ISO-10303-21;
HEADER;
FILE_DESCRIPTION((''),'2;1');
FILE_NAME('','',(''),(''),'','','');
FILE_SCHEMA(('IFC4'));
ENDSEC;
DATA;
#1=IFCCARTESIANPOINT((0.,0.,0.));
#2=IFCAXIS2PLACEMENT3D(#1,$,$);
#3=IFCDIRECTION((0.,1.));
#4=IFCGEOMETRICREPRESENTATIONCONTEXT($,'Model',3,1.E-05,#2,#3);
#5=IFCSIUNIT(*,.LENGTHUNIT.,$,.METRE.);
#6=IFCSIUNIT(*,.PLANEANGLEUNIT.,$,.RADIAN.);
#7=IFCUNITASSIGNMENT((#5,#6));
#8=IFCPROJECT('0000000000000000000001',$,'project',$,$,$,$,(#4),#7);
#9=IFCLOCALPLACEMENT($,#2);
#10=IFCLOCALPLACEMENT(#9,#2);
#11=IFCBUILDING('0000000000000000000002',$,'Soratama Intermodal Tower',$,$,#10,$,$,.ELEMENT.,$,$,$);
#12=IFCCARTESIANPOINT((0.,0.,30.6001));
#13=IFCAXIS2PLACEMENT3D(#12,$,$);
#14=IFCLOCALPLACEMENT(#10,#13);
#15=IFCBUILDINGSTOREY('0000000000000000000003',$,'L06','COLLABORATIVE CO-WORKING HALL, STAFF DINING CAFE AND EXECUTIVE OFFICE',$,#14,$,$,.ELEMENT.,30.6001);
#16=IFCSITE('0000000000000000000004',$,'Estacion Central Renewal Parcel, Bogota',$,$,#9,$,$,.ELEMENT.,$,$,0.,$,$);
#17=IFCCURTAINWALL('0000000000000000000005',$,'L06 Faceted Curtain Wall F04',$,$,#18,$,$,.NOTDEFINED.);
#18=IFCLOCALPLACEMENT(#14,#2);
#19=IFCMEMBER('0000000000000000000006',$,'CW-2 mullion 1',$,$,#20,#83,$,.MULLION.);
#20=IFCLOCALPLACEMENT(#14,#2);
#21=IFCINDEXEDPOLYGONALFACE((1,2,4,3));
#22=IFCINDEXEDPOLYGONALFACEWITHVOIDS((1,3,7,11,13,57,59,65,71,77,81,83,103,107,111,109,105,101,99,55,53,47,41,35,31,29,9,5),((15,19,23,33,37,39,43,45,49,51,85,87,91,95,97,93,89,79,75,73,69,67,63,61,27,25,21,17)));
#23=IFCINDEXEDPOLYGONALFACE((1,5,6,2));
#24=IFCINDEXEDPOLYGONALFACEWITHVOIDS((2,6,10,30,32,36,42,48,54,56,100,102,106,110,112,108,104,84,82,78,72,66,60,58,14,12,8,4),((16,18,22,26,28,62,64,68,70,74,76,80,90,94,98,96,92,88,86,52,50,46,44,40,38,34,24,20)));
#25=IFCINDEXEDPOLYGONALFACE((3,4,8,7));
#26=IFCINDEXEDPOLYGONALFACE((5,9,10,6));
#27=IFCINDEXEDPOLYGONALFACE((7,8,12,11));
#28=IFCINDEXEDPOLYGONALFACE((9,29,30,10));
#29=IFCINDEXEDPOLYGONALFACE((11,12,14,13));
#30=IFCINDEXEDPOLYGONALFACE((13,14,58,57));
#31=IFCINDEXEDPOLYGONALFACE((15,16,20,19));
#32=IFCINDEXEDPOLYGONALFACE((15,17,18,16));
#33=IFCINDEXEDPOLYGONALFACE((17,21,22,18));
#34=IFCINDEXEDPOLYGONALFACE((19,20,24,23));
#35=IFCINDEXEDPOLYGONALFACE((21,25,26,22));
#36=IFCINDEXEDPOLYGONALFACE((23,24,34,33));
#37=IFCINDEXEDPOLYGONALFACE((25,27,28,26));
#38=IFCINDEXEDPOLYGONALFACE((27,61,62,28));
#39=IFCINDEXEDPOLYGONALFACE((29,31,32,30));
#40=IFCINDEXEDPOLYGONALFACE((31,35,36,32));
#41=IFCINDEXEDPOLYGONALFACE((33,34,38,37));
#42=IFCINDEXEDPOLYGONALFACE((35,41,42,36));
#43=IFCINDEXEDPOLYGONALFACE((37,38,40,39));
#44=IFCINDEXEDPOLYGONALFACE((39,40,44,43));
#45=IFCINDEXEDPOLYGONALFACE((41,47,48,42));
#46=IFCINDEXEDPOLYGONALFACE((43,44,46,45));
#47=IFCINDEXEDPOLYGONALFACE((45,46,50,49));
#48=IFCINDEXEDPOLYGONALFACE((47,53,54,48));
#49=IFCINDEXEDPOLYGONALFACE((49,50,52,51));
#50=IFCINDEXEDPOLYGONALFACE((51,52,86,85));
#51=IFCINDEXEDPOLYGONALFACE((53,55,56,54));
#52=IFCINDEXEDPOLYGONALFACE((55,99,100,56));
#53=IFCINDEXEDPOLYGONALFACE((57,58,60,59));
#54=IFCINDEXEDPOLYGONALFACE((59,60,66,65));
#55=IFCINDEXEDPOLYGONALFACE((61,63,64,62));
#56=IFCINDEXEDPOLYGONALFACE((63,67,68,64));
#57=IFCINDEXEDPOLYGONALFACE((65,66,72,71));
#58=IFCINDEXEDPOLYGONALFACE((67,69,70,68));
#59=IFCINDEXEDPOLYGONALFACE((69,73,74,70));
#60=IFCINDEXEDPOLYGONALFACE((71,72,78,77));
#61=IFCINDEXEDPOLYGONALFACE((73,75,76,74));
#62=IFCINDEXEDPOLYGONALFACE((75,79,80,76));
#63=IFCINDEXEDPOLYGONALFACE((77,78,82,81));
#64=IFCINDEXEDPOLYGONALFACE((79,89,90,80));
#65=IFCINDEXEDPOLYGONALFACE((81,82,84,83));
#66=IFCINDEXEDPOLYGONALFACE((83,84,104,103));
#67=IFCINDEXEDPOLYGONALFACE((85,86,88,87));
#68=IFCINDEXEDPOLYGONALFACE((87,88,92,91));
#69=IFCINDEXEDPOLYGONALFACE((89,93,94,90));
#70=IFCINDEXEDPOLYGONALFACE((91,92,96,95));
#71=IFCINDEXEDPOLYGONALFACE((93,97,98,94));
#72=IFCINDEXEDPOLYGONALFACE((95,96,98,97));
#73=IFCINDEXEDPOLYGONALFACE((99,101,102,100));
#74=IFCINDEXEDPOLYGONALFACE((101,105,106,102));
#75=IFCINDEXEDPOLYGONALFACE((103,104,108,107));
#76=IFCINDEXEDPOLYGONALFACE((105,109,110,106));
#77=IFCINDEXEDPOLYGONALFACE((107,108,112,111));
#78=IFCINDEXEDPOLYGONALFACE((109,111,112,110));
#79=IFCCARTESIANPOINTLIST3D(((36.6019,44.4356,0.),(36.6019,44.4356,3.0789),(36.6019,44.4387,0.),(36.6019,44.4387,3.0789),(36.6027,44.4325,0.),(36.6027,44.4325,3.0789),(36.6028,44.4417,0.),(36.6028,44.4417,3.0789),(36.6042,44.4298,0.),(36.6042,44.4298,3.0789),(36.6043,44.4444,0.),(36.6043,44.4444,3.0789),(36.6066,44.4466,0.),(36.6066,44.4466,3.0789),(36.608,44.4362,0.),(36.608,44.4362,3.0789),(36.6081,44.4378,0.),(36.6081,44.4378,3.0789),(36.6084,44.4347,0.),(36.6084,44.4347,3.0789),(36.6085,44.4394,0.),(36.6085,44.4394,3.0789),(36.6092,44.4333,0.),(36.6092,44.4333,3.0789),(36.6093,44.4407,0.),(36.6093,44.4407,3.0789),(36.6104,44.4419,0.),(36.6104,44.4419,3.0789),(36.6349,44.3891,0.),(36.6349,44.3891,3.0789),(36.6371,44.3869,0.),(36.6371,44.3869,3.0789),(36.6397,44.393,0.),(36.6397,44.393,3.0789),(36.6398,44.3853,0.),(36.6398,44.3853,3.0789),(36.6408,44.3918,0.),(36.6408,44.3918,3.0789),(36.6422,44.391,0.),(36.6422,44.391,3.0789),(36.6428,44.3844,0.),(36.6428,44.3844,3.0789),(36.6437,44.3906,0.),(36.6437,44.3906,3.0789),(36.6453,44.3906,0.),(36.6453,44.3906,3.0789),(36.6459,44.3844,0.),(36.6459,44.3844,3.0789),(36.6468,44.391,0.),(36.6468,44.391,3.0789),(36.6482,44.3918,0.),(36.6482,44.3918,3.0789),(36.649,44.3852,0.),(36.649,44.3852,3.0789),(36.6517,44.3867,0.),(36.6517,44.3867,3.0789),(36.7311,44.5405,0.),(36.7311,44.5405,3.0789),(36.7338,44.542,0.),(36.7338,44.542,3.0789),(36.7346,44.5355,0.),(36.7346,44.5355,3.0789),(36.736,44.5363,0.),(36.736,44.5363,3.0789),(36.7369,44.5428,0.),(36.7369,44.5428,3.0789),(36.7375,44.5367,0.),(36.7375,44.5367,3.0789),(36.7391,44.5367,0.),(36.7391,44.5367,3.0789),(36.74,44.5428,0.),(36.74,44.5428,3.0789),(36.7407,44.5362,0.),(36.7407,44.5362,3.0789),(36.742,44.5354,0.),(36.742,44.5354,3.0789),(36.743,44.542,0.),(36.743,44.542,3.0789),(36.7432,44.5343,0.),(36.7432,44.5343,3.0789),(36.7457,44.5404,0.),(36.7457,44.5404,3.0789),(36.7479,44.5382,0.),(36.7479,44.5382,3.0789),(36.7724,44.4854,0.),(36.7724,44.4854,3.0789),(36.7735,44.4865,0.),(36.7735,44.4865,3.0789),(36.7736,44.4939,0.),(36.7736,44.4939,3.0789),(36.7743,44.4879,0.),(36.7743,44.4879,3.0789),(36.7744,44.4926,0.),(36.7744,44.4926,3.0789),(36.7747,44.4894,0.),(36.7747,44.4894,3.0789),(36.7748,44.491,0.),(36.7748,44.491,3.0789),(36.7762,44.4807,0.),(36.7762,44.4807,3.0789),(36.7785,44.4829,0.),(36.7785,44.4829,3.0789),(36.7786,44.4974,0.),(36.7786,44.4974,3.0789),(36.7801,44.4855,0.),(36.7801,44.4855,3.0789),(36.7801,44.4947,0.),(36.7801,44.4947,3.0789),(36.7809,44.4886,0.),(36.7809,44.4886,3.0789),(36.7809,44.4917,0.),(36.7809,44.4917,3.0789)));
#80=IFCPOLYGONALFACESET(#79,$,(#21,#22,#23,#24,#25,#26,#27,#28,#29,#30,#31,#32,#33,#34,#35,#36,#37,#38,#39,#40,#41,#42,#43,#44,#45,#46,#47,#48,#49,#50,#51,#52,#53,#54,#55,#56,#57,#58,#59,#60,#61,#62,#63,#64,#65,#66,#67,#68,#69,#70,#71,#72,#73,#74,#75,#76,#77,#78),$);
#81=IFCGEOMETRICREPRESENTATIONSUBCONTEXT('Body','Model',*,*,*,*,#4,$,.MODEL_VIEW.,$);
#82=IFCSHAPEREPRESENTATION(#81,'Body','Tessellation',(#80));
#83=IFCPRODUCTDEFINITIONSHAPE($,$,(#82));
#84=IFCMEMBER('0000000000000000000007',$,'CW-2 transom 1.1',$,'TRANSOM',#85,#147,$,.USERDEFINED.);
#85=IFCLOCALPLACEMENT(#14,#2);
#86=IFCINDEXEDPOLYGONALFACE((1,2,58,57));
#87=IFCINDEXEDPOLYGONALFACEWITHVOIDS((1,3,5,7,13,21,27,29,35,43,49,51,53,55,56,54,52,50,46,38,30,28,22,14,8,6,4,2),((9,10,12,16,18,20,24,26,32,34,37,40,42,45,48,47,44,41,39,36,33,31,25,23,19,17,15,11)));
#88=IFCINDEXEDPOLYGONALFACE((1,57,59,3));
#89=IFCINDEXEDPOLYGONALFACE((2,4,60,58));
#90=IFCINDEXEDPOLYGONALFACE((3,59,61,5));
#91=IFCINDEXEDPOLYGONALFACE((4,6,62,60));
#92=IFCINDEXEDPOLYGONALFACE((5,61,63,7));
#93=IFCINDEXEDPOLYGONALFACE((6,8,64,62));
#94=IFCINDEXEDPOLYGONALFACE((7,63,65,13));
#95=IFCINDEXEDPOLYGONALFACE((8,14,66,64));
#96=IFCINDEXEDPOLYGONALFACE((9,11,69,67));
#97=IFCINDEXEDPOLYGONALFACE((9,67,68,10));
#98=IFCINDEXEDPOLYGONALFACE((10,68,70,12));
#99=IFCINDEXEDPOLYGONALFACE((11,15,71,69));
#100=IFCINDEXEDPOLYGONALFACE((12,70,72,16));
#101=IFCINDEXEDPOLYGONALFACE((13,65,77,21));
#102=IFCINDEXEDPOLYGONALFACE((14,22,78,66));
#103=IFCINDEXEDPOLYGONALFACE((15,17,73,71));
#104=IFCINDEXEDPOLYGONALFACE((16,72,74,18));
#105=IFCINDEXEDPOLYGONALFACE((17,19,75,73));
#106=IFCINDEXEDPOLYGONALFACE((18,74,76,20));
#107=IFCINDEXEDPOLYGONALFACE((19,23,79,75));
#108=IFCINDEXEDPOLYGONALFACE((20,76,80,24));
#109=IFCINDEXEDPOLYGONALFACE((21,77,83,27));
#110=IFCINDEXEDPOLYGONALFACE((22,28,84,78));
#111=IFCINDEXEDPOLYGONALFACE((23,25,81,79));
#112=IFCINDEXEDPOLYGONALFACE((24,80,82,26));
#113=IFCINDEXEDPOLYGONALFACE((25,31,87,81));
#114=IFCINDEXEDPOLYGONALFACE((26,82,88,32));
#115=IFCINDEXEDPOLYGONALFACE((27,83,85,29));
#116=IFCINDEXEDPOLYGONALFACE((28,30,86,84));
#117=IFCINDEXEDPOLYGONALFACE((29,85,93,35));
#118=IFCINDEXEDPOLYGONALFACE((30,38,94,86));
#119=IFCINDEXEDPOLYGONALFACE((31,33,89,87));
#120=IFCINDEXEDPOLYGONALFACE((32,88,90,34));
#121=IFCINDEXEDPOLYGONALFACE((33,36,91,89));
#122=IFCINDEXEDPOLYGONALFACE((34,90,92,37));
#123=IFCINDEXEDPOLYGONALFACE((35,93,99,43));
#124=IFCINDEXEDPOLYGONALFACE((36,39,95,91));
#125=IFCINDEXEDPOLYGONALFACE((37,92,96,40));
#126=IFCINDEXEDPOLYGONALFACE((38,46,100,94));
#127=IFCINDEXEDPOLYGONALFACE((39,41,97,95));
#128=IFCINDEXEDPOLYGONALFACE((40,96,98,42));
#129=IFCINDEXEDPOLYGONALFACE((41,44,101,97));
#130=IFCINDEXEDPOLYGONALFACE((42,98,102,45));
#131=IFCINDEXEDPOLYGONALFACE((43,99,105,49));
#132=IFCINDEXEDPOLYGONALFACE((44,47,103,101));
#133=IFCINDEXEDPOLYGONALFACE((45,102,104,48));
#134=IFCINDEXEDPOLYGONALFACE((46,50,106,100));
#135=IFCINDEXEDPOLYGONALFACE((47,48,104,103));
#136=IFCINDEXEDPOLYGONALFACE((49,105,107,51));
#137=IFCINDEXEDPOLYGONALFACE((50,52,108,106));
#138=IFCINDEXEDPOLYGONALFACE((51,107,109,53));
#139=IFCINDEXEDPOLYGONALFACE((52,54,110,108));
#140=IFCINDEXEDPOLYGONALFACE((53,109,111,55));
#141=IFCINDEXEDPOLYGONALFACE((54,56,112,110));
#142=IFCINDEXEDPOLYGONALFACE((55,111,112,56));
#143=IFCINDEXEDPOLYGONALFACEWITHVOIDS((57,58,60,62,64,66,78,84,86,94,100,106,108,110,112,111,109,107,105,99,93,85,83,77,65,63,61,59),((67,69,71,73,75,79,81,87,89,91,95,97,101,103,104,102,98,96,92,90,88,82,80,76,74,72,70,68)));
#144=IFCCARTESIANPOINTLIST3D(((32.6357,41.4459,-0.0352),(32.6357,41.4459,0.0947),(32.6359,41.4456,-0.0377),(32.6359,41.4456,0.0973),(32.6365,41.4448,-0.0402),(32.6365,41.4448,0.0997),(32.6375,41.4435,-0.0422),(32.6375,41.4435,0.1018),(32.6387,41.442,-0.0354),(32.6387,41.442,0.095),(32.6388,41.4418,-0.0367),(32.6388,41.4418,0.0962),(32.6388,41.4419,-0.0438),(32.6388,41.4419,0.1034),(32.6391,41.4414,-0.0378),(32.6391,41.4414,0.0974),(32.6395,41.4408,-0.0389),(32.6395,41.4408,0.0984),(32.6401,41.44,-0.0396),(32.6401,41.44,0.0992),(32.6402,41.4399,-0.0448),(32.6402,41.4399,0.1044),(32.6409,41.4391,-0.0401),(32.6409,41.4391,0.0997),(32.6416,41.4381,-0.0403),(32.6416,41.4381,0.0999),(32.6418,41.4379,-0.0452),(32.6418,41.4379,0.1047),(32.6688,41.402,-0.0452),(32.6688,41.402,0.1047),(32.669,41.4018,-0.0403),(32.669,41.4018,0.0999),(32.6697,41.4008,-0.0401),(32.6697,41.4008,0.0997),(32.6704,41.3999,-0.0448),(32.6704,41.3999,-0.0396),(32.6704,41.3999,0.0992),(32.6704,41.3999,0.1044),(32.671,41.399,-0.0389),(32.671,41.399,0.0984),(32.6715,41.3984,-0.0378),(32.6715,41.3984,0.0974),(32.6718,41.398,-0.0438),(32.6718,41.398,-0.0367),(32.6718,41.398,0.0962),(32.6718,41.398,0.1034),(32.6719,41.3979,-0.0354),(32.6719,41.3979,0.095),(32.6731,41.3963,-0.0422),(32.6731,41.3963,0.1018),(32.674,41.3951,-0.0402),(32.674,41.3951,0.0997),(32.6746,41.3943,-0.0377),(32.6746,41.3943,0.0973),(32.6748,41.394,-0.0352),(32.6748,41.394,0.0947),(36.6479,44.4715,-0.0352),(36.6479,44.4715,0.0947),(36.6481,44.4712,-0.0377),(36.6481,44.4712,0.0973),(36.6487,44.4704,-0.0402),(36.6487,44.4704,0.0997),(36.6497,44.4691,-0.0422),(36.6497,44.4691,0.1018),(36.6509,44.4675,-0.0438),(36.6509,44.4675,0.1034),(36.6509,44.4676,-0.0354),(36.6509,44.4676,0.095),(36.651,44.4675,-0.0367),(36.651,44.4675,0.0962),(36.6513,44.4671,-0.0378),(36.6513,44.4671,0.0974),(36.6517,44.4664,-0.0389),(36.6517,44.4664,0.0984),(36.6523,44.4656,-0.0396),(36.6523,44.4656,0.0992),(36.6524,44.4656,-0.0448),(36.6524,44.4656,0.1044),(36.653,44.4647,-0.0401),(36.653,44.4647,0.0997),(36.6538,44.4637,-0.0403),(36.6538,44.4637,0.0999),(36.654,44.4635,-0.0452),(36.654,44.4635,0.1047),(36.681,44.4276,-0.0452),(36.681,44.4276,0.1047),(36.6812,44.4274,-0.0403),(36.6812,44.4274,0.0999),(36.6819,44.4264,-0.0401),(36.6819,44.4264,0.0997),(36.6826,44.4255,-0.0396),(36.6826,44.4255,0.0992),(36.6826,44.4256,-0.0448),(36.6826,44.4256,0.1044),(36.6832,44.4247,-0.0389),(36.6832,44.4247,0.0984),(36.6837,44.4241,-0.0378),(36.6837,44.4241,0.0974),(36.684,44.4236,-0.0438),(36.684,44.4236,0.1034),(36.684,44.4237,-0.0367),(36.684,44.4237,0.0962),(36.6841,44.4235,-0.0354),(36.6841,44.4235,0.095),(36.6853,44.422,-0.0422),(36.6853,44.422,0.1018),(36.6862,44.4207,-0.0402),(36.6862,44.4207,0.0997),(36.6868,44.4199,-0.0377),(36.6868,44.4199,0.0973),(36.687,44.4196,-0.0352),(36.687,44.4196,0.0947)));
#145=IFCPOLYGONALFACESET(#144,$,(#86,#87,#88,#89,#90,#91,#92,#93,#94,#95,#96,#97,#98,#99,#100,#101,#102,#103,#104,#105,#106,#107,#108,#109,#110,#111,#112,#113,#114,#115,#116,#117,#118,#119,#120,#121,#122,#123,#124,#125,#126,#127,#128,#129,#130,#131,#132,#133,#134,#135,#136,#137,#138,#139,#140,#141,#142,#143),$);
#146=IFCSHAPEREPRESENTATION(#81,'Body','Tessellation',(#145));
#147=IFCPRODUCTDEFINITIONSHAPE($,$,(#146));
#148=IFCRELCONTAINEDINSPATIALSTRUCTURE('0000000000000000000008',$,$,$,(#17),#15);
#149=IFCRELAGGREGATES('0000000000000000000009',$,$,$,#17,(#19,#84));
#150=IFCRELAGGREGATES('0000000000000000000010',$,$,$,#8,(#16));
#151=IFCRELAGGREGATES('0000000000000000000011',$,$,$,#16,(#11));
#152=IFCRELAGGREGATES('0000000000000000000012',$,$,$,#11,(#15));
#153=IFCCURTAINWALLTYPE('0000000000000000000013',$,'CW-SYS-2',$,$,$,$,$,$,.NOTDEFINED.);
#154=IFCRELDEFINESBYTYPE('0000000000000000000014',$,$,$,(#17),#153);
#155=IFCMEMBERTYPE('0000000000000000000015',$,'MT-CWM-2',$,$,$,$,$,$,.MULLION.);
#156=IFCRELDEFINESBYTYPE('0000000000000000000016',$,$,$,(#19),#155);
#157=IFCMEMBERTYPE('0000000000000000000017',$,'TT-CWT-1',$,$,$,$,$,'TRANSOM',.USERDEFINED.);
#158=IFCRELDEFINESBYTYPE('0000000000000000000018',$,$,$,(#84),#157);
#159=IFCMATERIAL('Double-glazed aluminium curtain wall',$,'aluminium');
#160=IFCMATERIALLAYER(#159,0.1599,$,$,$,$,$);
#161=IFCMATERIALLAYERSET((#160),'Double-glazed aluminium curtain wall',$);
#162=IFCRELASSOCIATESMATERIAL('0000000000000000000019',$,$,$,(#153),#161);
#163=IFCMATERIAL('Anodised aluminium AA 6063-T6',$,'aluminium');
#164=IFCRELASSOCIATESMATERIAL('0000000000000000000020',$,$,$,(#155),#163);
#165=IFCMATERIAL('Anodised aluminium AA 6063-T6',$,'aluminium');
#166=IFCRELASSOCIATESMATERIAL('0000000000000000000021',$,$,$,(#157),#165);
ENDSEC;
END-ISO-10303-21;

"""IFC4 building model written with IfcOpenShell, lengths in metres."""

from ifc_helpers import new_model, si_unit, direction, frame, origin, origin_2d, place, context, subcontext, project, spatial, hollow_rectangle, extrude, material, layer, layer_set, material_profile, profile_set, type_object, element, aggregate, save


model = new_model("IFC4")

# Units and contexts
model_context = context("Model", 3, precision=1e-05, world=origin(), true_north=direction((0.0, 1.0)))
body_context = subcontext(model_context, "Body", "Model", "MODEL_VIEW")
ifc_project = project(units=[si_unit("LENGTHUNIT", "METRE"), si_unit("PLANEANGLEUNIT", "RADIAN")], contexts=[model_context])

# Site, building, storey
site_placement = place(None, origin())
site = spatial("IfcSite", under=ifc_project, at=site_placement, Name="Estacion Central Renewal Parcel, Bogota", CompositionType="ELEMENT", RefElevation=0.0)
building_placement = place(site_placement, origin())
building = spatial("IfcBuilding", under=site, at=building_placement, Name="Soratama Intermodal Tower", CompositionType="ELEMENT")
storey_placement = place(building_placement, frame((0.0, 0.0, 30.6001)))
storey = spatial("IfcBuildingStorey", under=building, at=storey_placement, Name="L06", Description="COLLABORATIVE CO-WORKING HALL, STAFF DINING CAFE AND EXECUTIVE OFFICE", CompositionType="ELEMENT", Elevation=30.6001)

# Curtain wall, members
ifc_material_1 = material(Name="Double-glazed aluminium curtain wall", Category="aluminium")
ifc_layer_1 = layer(ifc_material_1, 0.1599)
ifc_layer_set_1 = layer_set([ifc_layer_1], Name="Double-glazed aluminium curtain wall")
curtain_wall_type = type_object("IfcCurtainWallType", Name="CW-SYS-2", PredefinedType="NOTDEFINED", material=ifc_layer_set_1)
curtain_wall_placement = place(storey_placement, origin())
curtain_wall = element("IfcCurtainWall", 1, at=curtain_wall_placement, inside=storey, type_object=curtain_wall_type, Name="L06 Faceted Curtain Wall F04", PredefinedType="NOTDEFINED")
ifc_material_2 = material(Name="Anodised aluminium AA 6063-T6", Category="aluminium")
ifc_material_profile_1 = material_profile(ifc_material_2, hollow_rectangle(XDim=0.075, YDim=0.1799, WallThickness=0.0061, InnerFilletRadius=0.0061, OuterFilletRadius=0.012, at=origin_2d()), Name="CWM180X75X6")
ifc_profile_set_1 = profile_set([ifc_material_profile_1], Name="Anodised aluminium AA 6063-T6")
member_type_1 = type_object("IfcMemberType", Name="MT-CWM-2", PredefinedType="MULLION", material=ifc_profile_set_1)
member_1_placement = place(storey_placement, frame((36.6914, 44.4636, 0.0), z_axis=(0.0, 0.0, 1.0), x_axis=(0.602091, -0.798428, 0.0)))
member_1 = element("IfcMember", 2, at=member_1_placement, type_object=member_type_1, Name="CW-2 mullion 1", PredefinedType="MULLION", context=body_context, shape_type="SweptSolid", body=[
    extrude(hollow_rectangle(XDim=0.075, YDim=0.1799, WallThickness=0.0061, InnerFilletRadius=0.0061, OuterFilletRadius=0.012, at=origin_2d()), origin(), (0.0, 0.0, 1.0), 3.0789),
])
ifc_material_3 = material(Name="Anodised aluminium AA 6063-T6", Category="aluminium")
ifc_material_profile_2 = material_profile(ifc_material_3, hollow_rectangle(XDim=0.0649, YDim=0.1499, WallThickness=0.0049, InnerFilletRadius=0.0049, OuterFilletRadius=0.01, at=origin_2d()), Name="CWT150X65X5")
ifc_profile_set_2 = profile_set([ifc_material_profile_2], Name="Anodised aluminium AA 6063-T6")
member_type_2 = type_object("IfcMemberType", Name="TT-CWT-1", ElementType="TRANSOM", PredefinedType="USERDEFINED", material=ifc_profile_set_2)
member_2_placement = place(storey_placement, frame((36.6675, 44.4456, 0.0298), z_axis=(-0.798423, -0.602097, 0.0), x_axis=(0.602097, -0.798423, 0.0)))
member_2 = element("IfcMember", 3, at=member_2_placement, type_object=member_type_2, Name="CW-2 transom 1.1", ObjectType="TRANSOM", PredefinedType="USERDEFINED", context=body_context, shape_type="SweptSolid", body=[
    extrude(hollow_rectangle(XDim=0.0649, YDim=0.1499, WallThickness=0.0049, InnerFilletRadius=0.0049, OuterFilletRadius=0.01, at=origin_2d()), origin(), (0.0, 0.0, 1.0), 5.0251),
])
aggregate(curtain_wall, [member_1, member_2])

save(model, "model.ifc")
